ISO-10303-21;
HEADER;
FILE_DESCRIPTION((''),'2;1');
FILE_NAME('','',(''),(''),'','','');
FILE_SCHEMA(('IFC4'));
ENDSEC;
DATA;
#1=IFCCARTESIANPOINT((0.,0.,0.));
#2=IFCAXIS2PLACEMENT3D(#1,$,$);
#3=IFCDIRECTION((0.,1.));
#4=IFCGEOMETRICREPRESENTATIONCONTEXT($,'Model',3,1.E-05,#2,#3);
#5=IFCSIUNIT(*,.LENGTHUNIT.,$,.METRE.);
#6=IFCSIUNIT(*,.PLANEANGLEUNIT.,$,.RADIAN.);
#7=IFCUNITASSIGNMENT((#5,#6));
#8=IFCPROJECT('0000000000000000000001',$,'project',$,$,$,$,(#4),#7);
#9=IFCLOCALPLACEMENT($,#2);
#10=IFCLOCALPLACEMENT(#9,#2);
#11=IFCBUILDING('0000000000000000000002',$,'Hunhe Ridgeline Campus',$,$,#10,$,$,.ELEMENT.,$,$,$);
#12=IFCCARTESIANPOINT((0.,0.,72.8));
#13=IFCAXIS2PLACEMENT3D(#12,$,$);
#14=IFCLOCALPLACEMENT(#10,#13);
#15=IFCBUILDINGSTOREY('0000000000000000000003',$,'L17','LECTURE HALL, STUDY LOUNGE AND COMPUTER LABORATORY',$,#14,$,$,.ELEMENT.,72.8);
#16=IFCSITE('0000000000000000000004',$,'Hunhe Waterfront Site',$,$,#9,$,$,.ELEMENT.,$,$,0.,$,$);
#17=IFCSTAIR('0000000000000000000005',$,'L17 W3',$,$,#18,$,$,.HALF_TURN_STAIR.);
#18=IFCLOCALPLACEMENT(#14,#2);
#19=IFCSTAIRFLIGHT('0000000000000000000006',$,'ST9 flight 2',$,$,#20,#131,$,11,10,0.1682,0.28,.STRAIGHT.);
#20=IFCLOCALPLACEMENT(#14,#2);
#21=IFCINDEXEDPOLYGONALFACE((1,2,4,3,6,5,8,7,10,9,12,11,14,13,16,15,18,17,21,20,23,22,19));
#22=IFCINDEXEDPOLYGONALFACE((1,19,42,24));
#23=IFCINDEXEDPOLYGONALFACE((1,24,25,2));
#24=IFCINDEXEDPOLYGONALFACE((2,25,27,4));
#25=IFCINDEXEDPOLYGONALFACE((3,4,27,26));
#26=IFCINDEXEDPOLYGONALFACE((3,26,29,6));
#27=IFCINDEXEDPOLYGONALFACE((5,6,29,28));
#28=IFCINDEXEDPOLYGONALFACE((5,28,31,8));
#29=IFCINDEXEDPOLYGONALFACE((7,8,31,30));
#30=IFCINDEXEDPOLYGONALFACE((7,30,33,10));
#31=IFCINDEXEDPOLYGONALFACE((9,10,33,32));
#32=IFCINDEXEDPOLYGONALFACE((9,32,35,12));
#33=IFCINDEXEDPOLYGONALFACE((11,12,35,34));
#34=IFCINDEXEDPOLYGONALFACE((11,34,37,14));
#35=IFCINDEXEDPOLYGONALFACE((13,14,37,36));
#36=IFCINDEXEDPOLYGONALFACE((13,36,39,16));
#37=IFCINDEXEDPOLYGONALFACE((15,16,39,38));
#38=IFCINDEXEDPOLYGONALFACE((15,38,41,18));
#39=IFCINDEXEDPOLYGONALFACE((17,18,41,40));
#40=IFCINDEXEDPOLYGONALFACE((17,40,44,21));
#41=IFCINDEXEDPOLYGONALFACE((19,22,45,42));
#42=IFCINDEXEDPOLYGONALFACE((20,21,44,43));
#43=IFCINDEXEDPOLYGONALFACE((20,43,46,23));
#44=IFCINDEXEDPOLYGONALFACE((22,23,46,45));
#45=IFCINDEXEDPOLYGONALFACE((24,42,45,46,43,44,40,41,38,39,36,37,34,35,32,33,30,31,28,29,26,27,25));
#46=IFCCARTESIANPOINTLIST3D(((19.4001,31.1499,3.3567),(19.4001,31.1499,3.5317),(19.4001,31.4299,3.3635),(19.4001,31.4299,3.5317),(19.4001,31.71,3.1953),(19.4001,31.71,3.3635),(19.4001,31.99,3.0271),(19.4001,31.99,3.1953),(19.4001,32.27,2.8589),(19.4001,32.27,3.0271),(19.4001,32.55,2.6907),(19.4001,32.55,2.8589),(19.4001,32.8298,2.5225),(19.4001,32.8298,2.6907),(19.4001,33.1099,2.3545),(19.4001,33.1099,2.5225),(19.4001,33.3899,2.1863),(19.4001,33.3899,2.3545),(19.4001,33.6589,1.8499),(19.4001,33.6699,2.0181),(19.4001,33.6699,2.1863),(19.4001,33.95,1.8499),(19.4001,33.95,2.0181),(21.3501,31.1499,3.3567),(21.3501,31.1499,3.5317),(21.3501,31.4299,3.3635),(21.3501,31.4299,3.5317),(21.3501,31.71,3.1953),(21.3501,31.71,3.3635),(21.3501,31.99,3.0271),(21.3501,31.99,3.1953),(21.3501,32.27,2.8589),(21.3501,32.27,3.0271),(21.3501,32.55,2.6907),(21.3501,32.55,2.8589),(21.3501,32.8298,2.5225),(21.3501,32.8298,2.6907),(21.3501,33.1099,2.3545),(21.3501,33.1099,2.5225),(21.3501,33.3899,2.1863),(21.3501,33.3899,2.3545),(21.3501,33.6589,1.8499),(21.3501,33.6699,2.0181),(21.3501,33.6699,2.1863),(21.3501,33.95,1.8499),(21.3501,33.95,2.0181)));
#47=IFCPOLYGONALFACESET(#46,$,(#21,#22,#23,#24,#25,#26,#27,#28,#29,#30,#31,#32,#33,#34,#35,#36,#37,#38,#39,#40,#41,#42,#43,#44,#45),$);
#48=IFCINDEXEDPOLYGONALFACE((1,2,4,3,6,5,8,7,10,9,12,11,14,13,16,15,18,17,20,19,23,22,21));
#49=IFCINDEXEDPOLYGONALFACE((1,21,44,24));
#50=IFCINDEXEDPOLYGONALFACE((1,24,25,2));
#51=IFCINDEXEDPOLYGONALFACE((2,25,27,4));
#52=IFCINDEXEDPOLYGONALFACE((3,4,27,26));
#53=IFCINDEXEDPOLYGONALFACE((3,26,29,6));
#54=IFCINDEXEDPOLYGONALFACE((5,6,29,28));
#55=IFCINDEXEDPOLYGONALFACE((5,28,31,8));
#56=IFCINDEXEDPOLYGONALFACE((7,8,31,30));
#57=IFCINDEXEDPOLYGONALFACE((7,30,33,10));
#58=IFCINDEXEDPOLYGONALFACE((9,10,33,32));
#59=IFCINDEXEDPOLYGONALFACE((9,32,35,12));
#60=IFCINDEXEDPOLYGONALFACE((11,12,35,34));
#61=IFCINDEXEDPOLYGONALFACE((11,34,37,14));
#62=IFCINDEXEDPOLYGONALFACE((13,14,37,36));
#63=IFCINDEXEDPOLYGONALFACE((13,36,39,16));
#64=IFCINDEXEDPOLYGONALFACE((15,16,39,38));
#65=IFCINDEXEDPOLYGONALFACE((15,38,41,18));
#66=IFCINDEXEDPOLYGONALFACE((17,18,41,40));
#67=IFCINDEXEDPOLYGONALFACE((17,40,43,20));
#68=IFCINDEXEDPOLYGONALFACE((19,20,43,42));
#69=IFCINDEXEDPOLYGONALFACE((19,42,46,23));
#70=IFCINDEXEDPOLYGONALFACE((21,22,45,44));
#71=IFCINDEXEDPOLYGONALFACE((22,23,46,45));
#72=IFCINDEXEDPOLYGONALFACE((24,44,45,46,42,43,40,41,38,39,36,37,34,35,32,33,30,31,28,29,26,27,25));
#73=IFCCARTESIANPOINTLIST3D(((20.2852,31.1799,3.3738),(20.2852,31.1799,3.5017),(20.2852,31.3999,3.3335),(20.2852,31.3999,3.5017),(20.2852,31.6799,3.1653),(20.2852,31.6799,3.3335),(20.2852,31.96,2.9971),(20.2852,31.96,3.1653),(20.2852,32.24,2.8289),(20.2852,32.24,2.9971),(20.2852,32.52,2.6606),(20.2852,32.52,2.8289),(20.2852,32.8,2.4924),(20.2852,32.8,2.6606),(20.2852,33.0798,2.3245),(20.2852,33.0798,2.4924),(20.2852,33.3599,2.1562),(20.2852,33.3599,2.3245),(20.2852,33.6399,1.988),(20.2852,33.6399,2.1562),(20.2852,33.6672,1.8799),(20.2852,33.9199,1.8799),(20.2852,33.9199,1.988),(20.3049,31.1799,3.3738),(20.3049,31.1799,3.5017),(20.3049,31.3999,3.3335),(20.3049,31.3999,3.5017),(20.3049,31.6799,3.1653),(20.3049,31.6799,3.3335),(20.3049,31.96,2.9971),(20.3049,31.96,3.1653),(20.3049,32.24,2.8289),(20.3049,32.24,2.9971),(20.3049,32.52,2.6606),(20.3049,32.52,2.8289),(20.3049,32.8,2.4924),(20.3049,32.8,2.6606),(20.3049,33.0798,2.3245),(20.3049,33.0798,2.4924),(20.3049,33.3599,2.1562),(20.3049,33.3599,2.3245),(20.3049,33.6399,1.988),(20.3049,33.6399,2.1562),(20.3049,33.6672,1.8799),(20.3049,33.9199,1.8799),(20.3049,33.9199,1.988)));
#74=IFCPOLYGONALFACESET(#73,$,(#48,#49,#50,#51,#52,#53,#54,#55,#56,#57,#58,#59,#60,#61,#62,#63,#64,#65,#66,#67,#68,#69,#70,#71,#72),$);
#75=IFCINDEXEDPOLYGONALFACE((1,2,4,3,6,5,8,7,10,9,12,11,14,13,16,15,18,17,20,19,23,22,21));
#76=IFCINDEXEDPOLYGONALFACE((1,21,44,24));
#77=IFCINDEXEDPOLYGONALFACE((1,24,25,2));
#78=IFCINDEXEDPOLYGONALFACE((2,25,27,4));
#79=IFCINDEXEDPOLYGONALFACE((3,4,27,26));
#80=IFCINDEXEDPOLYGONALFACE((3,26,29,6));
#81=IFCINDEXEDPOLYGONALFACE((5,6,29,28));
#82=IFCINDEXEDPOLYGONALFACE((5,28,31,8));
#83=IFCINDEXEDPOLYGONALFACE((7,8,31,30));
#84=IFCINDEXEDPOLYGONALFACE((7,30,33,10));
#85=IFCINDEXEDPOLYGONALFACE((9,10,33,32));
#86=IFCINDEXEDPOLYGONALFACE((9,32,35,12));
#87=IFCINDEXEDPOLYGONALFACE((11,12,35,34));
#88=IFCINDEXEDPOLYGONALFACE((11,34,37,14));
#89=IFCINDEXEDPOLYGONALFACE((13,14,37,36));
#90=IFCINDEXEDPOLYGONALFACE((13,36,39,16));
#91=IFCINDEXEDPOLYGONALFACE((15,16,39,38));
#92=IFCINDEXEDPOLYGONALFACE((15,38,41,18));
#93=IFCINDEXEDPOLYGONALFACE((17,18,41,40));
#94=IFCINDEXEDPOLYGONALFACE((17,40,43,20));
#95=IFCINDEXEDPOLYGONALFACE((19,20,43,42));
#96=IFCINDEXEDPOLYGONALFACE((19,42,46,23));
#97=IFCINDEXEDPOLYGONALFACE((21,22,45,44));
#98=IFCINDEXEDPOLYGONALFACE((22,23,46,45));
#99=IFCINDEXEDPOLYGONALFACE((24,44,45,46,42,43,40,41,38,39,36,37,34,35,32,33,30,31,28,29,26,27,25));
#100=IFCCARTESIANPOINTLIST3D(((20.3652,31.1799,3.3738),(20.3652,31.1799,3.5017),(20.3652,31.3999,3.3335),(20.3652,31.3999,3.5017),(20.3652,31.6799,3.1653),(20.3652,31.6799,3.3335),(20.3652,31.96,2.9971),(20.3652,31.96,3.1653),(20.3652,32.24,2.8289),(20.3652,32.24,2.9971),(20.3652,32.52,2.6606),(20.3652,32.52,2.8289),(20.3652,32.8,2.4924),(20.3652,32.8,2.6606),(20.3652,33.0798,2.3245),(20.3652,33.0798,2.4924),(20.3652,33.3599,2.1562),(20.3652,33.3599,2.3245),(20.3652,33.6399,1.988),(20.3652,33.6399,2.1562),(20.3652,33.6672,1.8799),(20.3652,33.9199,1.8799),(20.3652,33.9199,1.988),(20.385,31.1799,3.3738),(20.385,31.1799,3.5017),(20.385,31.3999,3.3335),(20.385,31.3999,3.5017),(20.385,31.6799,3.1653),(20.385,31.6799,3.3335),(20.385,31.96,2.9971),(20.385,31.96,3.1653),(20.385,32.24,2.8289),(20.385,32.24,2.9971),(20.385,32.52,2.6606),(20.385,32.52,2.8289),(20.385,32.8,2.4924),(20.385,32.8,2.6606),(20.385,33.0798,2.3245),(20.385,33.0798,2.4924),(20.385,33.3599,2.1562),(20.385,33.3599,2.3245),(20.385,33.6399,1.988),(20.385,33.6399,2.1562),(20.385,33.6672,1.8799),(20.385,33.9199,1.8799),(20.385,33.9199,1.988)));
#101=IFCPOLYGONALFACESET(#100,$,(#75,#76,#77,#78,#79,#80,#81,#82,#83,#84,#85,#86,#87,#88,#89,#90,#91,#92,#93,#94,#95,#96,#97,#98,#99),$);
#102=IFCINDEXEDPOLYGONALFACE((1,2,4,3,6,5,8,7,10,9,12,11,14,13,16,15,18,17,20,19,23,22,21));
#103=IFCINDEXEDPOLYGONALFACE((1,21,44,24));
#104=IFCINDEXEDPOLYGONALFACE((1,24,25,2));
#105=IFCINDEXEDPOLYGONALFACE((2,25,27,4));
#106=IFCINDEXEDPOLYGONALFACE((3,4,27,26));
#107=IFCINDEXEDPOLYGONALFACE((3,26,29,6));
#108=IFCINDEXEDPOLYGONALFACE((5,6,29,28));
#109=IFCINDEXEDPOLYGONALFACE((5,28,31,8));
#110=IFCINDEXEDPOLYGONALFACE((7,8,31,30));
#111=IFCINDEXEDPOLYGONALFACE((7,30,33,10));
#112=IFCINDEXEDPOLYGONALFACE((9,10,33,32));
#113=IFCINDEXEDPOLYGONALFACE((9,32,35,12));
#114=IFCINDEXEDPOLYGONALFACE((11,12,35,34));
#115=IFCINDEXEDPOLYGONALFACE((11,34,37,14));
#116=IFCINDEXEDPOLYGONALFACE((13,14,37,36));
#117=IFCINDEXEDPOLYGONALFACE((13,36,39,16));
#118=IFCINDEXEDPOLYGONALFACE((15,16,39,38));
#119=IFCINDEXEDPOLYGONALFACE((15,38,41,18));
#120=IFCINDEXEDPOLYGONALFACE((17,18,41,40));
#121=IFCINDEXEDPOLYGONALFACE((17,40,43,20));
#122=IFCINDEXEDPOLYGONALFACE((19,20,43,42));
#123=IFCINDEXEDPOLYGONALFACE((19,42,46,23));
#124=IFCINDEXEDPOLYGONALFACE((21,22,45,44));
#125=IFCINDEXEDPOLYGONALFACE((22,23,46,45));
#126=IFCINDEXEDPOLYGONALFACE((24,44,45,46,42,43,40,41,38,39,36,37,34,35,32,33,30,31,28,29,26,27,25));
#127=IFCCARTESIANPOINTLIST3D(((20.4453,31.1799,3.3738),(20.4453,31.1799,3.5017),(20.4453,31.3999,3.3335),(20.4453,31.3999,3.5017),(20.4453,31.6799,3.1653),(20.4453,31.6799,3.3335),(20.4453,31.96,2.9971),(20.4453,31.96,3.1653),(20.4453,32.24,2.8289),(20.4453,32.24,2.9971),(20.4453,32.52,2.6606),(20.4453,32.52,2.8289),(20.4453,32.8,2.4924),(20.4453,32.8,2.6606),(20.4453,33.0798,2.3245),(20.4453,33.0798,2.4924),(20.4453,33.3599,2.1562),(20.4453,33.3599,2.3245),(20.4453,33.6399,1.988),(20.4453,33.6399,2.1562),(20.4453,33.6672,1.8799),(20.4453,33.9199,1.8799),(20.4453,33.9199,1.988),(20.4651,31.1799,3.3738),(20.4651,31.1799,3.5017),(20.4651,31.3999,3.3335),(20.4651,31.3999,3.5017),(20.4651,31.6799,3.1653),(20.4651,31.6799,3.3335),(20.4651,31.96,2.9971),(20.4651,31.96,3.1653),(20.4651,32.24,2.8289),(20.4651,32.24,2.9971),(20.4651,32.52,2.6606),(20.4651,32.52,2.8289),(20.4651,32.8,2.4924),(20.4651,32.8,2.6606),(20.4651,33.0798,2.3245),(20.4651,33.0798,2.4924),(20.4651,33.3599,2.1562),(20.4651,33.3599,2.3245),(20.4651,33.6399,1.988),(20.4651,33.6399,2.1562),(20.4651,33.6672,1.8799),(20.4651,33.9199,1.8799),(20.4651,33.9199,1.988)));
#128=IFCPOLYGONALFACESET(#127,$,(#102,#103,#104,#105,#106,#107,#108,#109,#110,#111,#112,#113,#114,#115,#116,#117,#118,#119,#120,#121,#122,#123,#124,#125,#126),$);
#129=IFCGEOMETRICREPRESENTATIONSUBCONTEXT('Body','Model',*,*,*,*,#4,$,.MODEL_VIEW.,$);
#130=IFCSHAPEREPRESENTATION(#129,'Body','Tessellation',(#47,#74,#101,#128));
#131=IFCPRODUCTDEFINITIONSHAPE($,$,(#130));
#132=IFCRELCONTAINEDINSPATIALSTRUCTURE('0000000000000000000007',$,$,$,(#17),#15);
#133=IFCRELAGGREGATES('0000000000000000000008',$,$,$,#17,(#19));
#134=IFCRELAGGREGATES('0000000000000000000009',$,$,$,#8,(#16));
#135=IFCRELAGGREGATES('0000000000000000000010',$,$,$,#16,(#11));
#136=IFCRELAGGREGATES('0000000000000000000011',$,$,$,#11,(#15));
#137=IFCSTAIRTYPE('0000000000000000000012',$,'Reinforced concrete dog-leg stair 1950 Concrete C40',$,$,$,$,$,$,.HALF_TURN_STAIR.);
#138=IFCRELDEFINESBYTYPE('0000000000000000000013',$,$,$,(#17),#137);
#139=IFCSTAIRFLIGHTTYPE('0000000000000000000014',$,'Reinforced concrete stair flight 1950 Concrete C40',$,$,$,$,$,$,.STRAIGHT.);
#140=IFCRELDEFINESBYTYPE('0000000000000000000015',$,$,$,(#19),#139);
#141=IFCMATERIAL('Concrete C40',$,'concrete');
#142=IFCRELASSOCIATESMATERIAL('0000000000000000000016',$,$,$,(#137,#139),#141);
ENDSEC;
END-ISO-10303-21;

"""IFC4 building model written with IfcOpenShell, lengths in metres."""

from ifc_helpers import new_model, si_unit, direction, frame, origin, place, context, subcontext, project, spatial, polyline, outline, extrude, material, type_object, element, aggregate, save


model = new_model("IFC4")

# Units and contexts
model_context = context("Model", 3, precision=1e-05, world=origin(), true_north=direction((0.0, 1.0)))
body_context = subcontext(model_context, "Body", "Model", "MODEL_VIEW")
ifc_project = project(units=[si_unit("LENGTHUNIT", "METRE"), si_unit("PLANEANGLEUNIT", "RADIAN")], contexts=[model_context])

# Site, building, storey
site_placement = place(None, origin())
site = spatial("IfcSite", under=ifc_project, at=site_placement, Name="Hunhe Waterfront Site", CompositionType="ELEMENT", RefElevation=0.0)
building_placement = place(site_placement, origin())
building = spatial("IfcBuilding", under=site, at=building_placement, Name="Hunhe Ridgeline Campus", CompositionType="ELEMENT")
storey_placement = place(building_placement, frame((0.0, 0.0, 72.8)))
storey = spatial("IfcBuildingStorey", under=building, at=storey_placement, Name="L17", Description="LECTURE HALL, STUDY LOUNGE AND COMPUTER LABORATORY", CompositionType="ELEMENT", Elevation=72.8)

# Stair, stair flight
ifc_material_1 = material(Name="Concrete C40", Category="concrete")
stair_type = type_object("IfcStairType", Name="Reinforced concrete dog-leg stair 1950 Concrete C40", PredefinedType="HALF_TURN_STAIR", material=ifc_material_1)
stair_placement = place(storey_placement, origin())
stair = element("IfcStair", 1, at=stair_placement, inside=storey, type_object=stair_type, Name="L17 W3", PredefinedType="HALF_TURN_STAIR")
stair_flight_type = type_object("IfcStairFlightType", Name="Reinforced concrete stair flight 1950 Concrete C40", PredefinedType="STRAIGHT", material=ifc_material_1)
stair_flight_placement = place(storey_placement, frame((20.375, 33.95, 1.8499), z_axis=(0.0, 0.0, 1.0), x_axis=(0.0, -1.0, 0.0)))
stair_flight = element("IfcStairFlight", 2, at=stair_flight_placement, type_object=stair_flight_type, Name="ST9 flight 2", NumberOfRisers=11, NumberOfTreads=10, PredefinedType="STRAIGHT", RiserHeight=0.1682, TreadLength=0.28, context=body_context, shape_type="SweptSolid", body=[
    extrude(outline(polyline([(0.0, 0.0), (0.0, 0.1682), (0.28, 0.1682), (0.28, 0.3364), (0.5601, 0.3364), (0.5601, 0.5046), (0.8401, 0.5046), (0.8401, 0.6726), (1.1201, 0.6726), (1.1201, 0.8408), (1.3999, 0.8408), (1.3999, 1.009), (1.6799, 1.009), (1.6799, 1.1772), (1.96, 1.1772), (1.96, 1.3455), (2.24, 1.3455), (2.24, 1.5137), (2.52, 1.5137), (2.52, 1.6819), (2.8, 1.6819), (2.8, 1.8501), (2.8, 1.5068), (0.291, 0.0), (0.0, 0.0)])), frame((0.0, 0.9751, 0.0), z_axis=(0.0, -1.0, 0.0), x_axis=(1.0, 0.0, 0.0)), (0.0, 0.0, 1.0), 1.95),
    extrude(outline(polyline([(0.03, 0.03), (0.03, 0.1382), (0.3101, 0.1382), (0.3101, 0.3064), (0.5901, 0.3064), (0.5901, 0.4746), (0.8701, 0.4746), (0.8701, 0.6426), (1.1499, 0.6426), (1.1499, 0.8108), (1.4299, 0.8108), (1.4299, 0.979), (1.71, 0.979), (1.71, 1.1472), (1.99, 1.1472), (1.99, 1.3154), (2.27, 1.3154), (2.27, 1.4836), (2.55, 1.4836), (2.55, 1.6519), (2.77, 1.6519), (2.77, 1.5239), (0.2827, 0.03), (0.03, 0.03)])), frame((0.0, -0.0701, 0.0), z_axis=(0.0, -1.0, 0.0), x_axis=(1.0, 0.0, 0.0)), (0.0, 0.0, 1.0), 0.0198),
    extrude(outline(polyline([(0.03, 0.03), (0.03, 0.1382), (0.3101, 0.1382), (0.3101, 0.3064), (0.5901, 0.3064), (0.5901, 0.4746), (0.8701, 0.4746), (0.8701, 0.6426), (1.1499, 0.6426), (1.1499, 0.8108), (1.4299, 0.8108), (1.4299, 0.979), (1.71, 0.979), (1.71, 1.1472), (1.99, 1.1472), (1.99, 1.3154), (2.27, 1.3154), (2.27, 1.4836), (2.55, 1.4836), (2.55, 1.6519), (2.77, 1.6519), (2.77, 1.5239), (0.2827, 0.03), (0.03, 0.03)])), frame((0.0, 0.01, 0.0), z_axis=(0.0, -1.0, 0.0), x_axis=(1.0, 0.0, 0.0)), (0.0, 0.0, 1.0), 0.0198),
    extrude(outline(polyline([(0.03, 0.03), (0.03, 0.1382), (0.3101, 0.1382), (0.3101, 0.3064), (0.5901, 0.3064), (0.5901, 0.4746), (0.8701, 0.4746), (0.8701, 0.6426), (1.1499, 0.6426), (1.1499, 0.8108), (1.4299, 0.8108), (1.4299, 0.979), (1.71, 0.979), (1.71, 1.1472), (1.99, 1.1472), (1.99, 1.3154), (2.27, 1.3154), (2.27, 1.4836), (2.55, 1.4836), (2.55, 1.6519), (2.77, 1.6519), (2.77, 1.5239), (0.2827, 0.03), (0.03, 0.03)])), frame((0.0, 0.0901, 0.0), z_axis=(0.0, -1.0, 0.0), x_axis=(1.0, 0.0, 0.0)), (0.0, 0.0, 1.0), 0.0198),
])
aggregate(stair, [stair_flight])

save(model, "model.ifc")
